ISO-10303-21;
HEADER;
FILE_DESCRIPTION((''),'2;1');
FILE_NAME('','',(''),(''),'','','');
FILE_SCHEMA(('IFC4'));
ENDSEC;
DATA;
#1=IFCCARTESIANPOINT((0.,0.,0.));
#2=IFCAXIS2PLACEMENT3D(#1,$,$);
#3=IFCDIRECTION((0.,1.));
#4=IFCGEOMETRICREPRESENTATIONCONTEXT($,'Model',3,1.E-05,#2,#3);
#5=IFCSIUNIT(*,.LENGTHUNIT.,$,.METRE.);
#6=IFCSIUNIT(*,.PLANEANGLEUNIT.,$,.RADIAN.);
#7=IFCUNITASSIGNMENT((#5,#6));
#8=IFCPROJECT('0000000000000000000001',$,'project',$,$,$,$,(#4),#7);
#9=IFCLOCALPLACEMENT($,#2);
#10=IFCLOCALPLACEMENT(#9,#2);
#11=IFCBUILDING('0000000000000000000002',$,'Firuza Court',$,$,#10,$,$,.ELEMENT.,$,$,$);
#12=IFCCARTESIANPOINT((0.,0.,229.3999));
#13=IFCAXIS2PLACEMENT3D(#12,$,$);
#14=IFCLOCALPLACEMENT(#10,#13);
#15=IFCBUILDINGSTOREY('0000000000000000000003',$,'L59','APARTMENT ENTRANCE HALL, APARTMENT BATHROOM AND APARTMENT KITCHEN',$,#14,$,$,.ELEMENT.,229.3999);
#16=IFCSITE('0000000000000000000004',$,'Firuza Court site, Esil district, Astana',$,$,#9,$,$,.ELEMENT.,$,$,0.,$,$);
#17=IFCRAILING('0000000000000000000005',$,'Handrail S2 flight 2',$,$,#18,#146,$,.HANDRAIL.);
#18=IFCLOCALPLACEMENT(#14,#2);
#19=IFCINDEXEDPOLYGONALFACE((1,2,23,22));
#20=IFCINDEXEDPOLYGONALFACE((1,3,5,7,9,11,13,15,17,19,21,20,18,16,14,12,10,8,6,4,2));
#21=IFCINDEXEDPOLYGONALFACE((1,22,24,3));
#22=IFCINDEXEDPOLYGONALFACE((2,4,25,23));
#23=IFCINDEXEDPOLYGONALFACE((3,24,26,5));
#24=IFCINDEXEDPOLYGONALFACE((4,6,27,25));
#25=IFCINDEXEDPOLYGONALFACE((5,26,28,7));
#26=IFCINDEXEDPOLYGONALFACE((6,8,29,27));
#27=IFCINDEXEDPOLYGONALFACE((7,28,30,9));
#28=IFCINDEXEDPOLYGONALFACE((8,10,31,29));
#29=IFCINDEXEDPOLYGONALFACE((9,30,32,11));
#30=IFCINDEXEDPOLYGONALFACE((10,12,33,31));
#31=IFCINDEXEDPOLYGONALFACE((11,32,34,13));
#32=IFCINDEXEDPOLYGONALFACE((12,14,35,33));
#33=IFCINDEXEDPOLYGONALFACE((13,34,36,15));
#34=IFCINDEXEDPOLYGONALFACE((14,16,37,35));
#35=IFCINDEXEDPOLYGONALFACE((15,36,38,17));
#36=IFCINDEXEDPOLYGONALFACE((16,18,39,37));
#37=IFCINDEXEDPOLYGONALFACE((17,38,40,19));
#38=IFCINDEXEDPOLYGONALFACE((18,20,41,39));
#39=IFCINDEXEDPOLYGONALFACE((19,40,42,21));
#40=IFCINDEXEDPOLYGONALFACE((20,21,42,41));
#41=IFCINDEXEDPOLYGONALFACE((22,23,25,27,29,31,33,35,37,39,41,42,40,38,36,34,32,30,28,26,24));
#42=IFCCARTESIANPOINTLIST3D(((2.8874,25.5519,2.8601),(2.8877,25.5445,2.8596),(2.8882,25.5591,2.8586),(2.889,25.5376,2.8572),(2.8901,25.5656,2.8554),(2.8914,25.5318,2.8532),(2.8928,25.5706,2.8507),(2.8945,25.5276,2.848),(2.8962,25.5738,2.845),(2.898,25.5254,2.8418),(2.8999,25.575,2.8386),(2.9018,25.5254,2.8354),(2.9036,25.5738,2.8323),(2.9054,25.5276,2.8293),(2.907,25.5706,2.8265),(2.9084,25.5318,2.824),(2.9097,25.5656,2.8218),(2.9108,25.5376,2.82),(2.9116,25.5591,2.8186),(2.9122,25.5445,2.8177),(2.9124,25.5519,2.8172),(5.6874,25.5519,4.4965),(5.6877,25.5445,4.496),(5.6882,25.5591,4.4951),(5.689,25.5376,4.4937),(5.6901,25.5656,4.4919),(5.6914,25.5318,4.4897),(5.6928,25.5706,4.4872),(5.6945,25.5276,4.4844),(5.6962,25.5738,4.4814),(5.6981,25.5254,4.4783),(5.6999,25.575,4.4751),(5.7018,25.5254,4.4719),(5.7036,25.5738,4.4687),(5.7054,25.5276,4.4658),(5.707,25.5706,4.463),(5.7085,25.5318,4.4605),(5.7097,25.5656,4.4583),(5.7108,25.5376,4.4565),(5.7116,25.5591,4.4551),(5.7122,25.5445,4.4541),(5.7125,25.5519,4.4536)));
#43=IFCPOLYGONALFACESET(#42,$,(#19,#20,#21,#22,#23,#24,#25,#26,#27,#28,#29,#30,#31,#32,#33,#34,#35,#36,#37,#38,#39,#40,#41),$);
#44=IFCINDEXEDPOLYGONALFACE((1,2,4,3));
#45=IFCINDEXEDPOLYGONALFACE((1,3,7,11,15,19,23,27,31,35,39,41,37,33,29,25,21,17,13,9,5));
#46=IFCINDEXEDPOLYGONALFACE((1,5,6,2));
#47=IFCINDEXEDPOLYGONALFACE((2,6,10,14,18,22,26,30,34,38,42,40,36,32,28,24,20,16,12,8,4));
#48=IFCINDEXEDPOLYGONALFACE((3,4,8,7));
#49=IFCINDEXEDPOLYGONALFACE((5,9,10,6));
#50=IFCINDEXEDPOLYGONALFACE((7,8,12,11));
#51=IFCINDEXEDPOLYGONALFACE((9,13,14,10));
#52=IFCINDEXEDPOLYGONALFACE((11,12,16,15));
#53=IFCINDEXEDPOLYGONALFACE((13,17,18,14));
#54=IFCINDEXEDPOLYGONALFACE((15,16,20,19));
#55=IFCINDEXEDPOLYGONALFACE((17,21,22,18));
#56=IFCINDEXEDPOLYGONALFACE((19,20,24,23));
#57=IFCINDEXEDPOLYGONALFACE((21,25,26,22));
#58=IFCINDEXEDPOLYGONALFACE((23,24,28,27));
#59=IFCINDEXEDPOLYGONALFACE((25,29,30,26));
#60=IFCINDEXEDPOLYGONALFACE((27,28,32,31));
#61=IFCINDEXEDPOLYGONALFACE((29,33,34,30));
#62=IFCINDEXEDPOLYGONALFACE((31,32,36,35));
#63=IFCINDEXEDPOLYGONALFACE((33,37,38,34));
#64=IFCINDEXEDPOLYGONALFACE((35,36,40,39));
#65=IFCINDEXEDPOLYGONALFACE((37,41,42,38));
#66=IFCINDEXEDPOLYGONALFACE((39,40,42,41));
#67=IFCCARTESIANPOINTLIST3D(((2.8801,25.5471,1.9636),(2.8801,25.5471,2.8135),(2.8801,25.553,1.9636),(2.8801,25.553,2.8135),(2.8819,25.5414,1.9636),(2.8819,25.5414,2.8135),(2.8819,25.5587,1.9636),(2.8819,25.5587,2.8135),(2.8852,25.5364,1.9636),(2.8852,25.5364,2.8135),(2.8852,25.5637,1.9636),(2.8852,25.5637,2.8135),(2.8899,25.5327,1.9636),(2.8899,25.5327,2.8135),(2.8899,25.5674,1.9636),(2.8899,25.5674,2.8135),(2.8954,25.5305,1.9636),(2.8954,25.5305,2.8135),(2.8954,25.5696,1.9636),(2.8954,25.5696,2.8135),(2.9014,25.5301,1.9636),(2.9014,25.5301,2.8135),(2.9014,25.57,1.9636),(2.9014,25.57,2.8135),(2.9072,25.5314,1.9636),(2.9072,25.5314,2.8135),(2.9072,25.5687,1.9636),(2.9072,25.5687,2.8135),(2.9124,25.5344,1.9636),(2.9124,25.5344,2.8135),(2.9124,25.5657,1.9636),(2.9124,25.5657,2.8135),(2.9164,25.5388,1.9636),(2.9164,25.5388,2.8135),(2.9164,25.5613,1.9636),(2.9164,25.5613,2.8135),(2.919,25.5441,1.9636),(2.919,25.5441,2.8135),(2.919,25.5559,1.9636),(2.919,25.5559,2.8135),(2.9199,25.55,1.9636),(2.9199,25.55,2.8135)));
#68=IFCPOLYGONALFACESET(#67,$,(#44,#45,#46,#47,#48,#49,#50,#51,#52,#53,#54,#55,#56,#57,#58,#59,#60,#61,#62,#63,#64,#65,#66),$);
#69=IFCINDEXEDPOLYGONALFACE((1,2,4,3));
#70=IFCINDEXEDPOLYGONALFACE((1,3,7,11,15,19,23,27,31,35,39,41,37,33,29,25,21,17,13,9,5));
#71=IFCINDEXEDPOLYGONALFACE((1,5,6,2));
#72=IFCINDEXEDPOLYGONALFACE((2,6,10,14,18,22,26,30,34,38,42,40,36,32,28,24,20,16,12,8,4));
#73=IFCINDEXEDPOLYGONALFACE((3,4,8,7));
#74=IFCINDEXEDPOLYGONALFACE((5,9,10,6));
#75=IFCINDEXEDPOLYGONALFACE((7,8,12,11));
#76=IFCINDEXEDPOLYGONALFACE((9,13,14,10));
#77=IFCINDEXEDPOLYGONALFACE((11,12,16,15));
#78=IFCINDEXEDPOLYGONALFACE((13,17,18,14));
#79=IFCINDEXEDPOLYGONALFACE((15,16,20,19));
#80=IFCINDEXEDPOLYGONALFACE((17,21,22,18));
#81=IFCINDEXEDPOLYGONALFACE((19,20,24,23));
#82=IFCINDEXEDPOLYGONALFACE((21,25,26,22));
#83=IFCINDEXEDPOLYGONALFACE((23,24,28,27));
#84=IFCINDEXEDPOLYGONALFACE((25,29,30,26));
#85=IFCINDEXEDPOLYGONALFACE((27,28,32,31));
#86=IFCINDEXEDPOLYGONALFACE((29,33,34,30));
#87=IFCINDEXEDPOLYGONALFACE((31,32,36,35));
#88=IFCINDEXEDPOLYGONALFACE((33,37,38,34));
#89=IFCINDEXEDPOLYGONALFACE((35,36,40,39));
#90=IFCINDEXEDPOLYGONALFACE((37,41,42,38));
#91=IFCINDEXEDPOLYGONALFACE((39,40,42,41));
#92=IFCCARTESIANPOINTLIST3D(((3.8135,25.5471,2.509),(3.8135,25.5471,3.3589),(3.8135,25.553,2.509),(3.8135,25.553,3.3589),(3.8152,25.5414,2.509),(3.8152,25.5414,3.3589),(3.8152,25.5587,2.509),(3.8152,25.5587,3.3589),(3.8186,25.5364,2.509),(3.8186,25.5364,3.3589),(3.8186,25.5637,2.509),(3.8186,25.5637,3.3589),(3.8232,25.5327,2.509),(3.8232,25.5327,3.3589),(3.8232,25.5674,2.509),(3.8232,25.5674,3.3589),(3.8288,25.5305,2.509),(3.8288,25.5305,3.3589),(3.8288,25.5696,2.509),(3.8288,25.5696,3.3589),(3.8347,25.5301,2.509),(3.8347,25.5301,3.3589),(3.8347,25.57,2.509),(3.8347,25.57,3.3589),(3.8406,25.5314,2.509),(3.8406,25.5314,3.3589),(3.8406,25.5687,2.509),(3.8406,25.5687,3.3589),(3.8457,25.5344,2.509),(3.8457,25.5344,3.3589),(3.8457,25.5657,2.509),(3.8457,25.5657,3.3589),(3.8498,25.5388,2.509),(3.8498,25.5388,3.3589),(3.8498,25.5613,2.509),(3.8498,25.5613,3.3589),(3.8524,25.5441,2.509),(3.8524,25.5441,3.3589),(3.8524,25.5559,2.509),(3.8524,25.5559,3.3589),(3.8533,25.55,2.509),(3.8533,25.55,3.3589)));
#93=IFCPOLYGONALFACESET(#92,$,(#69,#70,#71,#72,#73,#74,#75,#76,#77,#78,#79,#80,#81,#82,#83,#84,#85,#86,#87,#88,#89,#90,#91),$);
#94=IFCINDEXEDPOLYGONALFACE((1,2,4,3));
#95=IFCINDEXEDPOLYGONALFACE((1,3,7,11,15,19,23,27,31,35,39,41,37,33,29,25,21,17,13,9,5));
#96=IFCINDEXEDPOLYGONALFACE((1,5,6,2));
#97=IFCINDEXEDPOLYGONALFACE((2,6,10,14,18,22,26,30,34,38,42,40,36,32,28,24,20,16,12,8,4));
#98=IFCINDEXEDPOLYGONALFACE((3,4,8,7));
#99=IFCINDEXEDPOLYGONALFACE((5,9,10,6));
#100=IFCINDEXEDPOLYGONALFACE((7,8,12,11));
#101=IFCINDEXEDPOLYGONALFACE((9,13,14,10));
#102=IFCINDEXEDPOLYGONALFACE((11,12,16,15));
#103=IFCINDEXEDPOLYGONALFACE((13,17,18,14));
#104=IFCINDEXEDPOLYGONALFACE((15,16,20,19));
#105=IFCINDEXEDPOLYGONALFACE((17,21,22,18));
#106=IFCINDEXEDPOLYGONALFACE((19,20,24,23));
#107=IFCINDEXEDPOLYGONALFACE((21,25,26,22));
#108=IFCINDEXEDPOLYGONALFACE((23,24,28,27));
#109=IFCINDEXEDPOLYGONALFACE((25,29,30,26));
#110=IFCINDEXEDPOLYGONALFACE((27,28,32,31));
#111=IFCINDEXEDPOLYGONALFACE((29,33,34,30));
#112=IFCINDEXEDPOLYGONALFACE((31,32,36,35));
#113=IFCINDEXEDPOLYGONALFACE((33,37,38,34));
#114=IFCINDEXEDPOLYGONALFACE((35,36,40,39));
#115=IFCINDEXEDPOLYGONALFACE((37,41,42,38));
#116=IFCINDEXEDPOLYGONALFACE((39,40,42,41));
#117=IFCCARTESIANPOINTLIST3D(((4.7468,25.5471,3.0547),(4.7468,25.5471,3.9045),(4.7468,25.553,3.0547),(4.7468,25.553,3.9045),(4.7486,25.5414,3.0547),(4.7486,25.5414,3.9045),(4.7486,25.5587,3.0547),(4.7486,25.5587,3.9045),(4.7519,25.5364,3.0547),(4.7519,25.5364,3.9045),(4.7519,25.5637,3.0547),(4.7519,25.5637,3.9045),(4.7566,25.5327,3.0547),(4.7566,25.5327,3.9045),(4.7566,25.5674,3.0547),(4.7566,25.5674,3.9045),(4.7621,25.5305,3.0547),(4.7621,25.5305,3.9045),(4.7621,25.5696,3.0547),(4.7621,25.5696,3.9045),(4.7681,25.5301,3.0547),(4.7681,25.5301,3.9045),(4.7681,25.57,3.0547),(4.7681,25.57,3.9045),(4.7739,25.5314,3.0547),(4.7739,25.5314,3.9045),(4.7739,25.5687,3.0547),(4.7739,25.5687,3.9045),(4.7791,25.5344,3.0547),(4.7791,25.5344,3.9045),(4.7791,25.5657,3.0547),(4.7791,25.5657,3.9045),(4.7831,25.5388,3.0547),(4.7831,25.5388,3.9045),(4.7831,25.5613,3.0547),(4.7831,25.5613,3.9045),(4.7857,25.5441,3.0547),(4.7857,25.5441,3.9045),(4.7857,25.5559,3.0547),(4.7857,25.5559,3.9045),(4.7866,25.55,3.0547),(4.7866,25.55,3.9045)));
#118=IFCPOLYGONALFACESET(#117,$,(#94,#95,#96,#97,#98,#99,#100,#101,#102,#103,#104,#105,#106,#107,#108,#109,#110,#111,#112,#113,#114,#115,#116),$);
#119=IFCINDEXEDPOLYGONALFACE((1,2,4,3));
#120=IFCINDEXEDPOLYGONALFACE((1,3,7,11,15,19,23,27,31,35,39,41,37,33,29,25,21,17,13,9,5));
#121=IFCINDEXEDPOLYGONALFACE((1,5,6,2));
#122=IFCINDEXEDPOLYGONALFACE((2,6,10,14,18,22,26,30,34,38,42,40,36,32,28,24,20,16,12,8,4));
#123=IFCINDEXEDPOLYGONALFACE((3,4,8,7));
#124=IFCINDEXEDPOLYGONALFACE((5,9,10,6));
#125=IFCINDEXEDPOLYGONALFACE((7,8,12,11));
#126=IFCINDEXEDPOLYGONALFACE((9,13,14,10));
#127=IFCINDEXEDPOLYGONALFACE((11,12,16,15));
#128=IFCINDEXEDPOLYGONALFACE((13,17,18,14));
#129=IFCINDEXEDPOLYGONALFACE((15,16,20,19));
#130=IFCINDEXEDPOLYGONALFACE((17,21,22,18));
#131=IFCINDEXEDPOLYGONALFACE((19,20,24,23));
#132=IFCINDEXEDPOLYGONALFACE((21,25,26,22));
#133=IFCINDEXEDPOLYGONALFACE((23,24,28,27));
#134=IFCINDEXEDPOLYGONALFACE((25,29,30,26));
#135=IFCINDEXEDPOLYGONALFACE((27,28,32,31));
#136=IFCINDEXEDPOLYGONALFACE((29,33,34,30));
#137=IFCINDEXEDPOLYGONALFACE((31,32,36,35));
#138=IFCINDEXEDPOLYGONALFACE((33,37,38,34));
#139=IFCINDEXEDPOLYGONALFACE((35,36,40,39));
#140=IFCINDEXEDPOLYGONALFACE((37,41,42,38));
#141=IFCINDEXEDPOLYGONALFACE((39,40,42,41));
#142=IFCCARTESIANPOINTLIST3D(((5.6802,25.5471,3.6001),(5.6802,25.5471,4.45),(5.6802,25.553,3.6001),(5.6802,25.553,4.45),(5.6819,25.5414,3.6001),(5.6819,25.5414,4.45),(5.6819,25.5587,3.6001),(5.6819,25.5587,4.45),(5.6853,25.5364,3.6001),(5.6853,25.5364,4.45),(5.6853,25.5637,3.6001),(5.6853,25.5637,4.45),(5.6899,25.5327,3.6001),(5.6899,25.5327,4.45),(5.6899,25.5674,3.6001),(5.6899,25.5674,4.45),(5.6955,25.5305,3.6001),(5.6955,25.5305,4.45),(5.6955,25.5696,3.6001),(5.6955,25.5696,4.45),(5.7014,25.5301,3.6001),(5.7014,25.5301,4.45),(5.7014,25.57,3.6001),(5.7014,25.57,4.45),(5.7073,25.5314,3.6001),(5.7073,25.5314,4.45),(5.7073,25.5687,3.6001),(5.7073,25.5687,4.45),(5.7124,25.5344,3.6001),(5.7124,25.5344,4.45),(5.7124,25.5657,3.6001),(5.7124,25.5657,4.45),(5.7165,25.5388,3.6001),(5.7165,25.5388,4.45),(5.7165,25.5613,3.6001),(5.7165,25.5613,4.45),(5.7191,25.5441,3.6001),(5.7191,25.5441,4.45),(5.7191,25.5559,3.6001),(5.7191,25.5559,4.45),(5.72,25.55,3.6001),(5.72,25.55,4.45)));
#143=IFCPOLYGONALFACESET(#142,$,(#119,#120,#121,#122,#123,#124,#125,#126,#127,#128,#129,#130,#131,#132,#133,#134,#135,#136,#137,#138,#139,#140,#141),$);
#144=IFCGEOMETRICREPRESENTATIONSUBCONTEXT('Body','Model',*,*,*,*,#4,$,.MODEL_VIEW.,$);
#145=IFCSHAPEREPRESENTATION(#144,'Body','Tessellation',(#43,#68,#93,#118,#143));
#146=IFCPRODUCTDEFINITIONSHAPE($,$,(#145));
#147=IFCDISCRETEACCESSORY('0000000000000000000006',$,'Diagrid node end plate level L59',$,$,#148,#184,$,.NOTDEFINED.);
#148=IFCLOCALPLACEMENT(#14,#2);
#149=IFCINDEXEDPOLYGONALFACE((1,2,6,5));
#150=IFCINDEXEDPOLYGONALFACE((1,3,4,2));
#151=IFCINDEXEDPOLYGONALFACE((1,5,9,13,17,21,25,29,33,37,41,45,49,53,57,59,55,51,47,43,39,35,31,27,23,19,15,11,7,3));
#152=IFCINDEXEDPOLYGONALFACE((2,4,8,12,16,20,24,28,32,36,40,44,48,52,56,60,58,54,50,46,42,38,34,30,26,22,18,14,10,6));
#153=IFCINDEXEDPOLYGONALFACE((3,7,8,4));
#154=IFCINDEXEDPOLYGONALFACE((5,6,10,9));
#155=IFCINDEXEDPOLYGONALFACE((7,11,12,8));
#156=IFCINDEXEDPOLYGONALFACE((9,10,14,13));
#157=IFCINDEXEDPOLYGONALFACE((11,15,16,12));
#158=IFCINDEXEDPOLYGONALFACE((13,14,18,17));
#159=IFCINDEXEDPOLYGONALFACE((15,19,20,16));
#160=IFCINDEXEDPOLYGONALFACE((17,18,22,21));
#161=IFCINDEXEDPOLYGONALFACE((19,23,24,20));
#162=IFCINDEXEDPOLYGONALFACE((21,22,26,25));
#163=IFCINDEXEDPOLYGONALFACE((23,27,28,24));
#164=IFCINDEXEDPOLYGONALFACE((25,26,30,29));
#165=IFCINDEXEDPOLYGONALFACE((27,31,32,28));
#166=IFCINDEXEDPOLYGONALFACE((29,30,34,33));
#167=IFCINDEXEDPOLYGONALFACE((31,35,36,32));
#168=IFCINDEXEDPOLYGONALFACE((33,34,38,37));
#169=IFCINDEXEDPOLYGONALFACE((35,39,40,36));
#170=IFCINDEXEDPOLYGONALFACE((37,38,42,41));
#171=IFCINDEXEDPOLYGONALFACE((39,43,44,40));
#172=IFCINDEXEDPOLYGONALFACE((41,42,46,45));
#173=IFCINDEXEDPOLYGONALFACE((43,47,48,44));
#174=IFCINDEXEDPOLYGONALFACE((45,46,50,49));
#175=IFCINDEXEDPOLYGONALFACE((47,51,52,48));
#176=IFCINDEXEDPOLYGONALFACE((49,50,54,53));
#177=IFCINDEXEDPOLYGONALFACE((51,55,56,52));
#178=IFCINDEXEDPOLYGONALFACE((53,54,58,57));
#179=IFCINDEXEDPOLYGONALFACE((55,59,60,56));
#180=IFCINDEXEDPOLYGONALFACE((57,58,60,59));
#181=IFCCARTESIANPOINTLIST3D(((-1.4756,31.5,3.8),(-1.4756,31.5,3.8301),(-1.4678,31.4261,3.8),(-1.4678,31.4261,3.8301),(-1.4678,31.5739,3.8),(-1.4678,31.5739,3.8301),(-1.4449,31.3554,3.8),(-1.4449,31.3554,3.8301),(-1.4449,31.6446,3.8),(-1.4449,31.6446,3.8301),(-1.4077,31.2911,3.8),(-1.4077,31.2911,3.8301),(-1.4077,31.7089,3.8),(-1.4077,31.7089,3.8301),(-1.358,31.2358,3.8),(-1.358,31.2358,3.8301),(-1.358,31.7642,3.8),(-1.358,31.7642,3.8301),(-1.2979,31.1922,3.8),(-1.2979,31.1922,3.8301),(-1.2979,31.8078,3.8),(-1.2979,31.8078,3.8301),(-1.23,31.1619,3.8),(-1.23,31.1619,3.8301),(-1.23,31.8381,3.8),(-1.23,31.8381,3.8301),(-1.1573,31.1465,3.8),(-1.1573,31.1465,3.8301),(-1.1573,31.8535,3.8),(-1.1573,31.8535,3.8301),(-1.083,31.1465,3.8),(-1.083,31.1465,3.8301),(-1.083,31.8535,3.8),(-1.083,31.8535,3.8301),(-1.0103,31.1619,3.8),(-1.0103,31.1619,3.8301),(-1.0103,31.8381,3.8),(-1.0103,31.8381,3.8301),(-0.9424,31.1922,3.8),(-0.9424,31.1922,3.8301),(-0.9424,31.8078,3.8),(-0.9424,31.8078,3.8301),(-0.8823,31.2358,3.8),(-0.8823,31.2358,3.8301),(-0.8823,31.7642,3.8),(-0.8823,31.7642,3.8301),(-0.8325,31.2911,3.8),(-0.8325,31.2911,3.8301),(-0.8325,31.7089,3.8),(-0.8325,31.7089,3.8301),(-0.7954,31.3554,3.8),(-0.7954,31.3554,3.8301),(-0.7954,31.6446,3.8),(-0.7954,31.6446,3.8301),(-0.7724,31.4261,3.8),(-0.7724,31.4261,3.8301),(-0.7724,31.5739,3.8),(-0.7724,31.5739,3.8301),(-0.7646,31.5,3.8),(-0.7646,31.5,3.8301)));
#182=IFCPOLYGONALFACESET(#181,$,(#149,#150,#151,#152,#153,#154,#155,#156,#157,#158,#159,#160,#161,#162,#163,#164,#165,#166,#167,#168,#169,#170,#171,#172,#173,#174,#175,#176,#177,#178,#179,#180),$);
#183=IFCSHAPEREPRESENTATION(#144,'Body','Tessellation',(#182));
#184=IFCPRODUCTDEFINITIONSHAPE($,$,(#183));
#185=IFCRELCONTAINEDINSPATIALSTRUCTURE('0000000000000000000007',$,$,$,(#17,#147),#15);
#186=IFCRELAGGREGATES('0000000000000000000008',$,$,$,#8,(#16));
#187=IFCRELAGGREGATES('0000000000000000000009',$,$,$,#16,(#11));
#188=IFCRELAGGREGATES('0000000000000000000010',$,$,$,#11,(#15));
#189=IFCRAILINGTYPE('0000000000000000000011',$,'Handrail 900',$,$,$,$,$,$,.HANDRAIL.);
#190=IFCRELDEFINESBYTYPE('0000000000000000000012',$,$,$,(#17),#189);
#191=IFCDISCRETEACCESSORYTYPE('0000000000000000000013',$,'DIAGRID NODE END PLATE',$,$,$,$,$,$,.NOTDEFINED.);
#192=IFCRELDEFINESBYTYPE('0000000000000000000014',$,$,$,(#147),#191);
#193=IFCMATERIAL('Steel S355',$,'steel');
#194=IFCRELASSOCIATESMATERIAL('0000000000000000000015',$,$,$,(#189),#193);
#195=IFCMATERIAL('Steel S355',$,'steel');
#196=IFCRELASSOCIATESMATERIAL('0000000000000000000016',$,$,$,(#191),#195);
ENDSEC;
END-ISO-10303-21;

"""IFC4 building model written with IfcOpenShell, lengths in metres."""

from ifc_helpers import new_model, si_unit, direction, frame, origin, origin_2d, place, context, subcontext, project, spatial, circle, extrude, material, material_profile, profile_set, type_object, element, save


model = new_model("IFC4")

# Units and contexts
model_context = context("Model", 3, precision=1e-05, world=origin(), true_north=direction((0.0, 1.0)))
body_context = subcontext(model_context, "Body", "Model", "MODEL_VIEW")
ifc_project = project(units=[si_unit("LENGTHUNIT", "METRE"), si_unit("PLANEANGLEUNIT", "RADIAN")], contexts=[model_context])

# Site, building, storey
site_placement = place(None, origin())
site = spatial("IfcSite", under=ifc_project, at=site_placement, Name="Firuza Court site, Esil district, Astana", CompositionType="ELEMENT", RefElevation=0.0)
building_placement = place(site_placement, origin())
building = spatial("IfcBuilding", under=site, at=building_placement, Name="Firuza Court", CompositionType="ELEMENT")
storey_placement = place(building_placement, frame((0.0, 0.0, 229.3999)))
storey = spatial("IfcBuildingStorey", under=building, at=storey_placement, Name="L59", Description="APARTMENT ENTRANCE HALL, APARTMENT BATHROOM AND APARTMENT KITCHEN", CompositionType="ELEMENT", Elevation=229.3999)

# Railing
ifc_material_1 = material(Name="Steel S355", Category="steel")
railing_type = type_object("IfcRailingType", Name="Handrail 900", PredefinedType="HANDRAIL", material=ifc_material_1)
railing_placement = place(storey_placement, frame((2.8999, 25.55, 1.9636)))
element("IfcRailing", 1, at=railing_placement, inside=storey, type_object=railing_type, Name="Handrail S2 flight 2", PredefinedType="HANDRAIL", context=body_context, shape_type="SweptSolid", body=[
    extrude(circle(Radius=0.0249, at=origin_2d()), frame((0.0, 0.0, 0.875), z_axis=(0.863361, 0.0, 0.504587), x_axis=(0.0, 1.0, 0.0)), (0.0, 0.0, 1.0), 3.2432),
    extrude(circle(Radius=0.02, at=origin_2d()), origin(), (0.0, 0.0, 1.0), 0.8499),
    extrude(circle(Radius=0.02, at=origin_2d()), frame((0.9333, 0.0, 0.5454)), (0.0, 0.0, 1.0), 0.8499),
    extrude(circle(Radius=0.02, at=origin_2d()), frame((1.8667, 0.0, 1.0911)), (0.0, 0.0, 1.0), 0.8499),
    extrude(circle(Radius=0.02, at=origin_2d()), frame((2.8, 0.0, 1.6365)), (0.0, 0.0, 1.0), 0.8499),
])

# Discrete accessory
ifc_material_2 = material(Name="Steel S355", Category="steel")
ifc_material_profile_1 = material_profile(ifc_material_2, circle(Radius=0.3555, at=origin_2d()), Name="PL D711")
ifc_profile_set_1 = profile_set([ifc_material_profile_1], Name="Steel S355")
discrete_accessory_type = type_object("IfcDiscreteAccessoryType", Name="DIAGRID NODE END PLATE", PredefinedType="NOTDEFINED", material=ifc_profile_set_1)
for number, where, z_axis, x_axis, name in (
    (2, (-1.1201, 31.5, 3.8), (0.0, 0.0, 1.0), (1.0, 0.0, 0.0), "Diagrid node end plate level L59"),
):
    element("IfcDiscreteAccessory", number, at=place(storey_placement, frame(where, z_axis=z_axis, x_axis=x_axis)), inside=storey, type_object=discrete_accessory_type, Name=name, PredefinedType="NOTDEFINED", context=body_context, shape_type="SweptSolid", body=[
        extrude(circle(Radius=0.3555, at=origin_2d()), origin(), (0.0, 0.0, 1.0), 0.03),
    ])

save(model, "model.ifc")
